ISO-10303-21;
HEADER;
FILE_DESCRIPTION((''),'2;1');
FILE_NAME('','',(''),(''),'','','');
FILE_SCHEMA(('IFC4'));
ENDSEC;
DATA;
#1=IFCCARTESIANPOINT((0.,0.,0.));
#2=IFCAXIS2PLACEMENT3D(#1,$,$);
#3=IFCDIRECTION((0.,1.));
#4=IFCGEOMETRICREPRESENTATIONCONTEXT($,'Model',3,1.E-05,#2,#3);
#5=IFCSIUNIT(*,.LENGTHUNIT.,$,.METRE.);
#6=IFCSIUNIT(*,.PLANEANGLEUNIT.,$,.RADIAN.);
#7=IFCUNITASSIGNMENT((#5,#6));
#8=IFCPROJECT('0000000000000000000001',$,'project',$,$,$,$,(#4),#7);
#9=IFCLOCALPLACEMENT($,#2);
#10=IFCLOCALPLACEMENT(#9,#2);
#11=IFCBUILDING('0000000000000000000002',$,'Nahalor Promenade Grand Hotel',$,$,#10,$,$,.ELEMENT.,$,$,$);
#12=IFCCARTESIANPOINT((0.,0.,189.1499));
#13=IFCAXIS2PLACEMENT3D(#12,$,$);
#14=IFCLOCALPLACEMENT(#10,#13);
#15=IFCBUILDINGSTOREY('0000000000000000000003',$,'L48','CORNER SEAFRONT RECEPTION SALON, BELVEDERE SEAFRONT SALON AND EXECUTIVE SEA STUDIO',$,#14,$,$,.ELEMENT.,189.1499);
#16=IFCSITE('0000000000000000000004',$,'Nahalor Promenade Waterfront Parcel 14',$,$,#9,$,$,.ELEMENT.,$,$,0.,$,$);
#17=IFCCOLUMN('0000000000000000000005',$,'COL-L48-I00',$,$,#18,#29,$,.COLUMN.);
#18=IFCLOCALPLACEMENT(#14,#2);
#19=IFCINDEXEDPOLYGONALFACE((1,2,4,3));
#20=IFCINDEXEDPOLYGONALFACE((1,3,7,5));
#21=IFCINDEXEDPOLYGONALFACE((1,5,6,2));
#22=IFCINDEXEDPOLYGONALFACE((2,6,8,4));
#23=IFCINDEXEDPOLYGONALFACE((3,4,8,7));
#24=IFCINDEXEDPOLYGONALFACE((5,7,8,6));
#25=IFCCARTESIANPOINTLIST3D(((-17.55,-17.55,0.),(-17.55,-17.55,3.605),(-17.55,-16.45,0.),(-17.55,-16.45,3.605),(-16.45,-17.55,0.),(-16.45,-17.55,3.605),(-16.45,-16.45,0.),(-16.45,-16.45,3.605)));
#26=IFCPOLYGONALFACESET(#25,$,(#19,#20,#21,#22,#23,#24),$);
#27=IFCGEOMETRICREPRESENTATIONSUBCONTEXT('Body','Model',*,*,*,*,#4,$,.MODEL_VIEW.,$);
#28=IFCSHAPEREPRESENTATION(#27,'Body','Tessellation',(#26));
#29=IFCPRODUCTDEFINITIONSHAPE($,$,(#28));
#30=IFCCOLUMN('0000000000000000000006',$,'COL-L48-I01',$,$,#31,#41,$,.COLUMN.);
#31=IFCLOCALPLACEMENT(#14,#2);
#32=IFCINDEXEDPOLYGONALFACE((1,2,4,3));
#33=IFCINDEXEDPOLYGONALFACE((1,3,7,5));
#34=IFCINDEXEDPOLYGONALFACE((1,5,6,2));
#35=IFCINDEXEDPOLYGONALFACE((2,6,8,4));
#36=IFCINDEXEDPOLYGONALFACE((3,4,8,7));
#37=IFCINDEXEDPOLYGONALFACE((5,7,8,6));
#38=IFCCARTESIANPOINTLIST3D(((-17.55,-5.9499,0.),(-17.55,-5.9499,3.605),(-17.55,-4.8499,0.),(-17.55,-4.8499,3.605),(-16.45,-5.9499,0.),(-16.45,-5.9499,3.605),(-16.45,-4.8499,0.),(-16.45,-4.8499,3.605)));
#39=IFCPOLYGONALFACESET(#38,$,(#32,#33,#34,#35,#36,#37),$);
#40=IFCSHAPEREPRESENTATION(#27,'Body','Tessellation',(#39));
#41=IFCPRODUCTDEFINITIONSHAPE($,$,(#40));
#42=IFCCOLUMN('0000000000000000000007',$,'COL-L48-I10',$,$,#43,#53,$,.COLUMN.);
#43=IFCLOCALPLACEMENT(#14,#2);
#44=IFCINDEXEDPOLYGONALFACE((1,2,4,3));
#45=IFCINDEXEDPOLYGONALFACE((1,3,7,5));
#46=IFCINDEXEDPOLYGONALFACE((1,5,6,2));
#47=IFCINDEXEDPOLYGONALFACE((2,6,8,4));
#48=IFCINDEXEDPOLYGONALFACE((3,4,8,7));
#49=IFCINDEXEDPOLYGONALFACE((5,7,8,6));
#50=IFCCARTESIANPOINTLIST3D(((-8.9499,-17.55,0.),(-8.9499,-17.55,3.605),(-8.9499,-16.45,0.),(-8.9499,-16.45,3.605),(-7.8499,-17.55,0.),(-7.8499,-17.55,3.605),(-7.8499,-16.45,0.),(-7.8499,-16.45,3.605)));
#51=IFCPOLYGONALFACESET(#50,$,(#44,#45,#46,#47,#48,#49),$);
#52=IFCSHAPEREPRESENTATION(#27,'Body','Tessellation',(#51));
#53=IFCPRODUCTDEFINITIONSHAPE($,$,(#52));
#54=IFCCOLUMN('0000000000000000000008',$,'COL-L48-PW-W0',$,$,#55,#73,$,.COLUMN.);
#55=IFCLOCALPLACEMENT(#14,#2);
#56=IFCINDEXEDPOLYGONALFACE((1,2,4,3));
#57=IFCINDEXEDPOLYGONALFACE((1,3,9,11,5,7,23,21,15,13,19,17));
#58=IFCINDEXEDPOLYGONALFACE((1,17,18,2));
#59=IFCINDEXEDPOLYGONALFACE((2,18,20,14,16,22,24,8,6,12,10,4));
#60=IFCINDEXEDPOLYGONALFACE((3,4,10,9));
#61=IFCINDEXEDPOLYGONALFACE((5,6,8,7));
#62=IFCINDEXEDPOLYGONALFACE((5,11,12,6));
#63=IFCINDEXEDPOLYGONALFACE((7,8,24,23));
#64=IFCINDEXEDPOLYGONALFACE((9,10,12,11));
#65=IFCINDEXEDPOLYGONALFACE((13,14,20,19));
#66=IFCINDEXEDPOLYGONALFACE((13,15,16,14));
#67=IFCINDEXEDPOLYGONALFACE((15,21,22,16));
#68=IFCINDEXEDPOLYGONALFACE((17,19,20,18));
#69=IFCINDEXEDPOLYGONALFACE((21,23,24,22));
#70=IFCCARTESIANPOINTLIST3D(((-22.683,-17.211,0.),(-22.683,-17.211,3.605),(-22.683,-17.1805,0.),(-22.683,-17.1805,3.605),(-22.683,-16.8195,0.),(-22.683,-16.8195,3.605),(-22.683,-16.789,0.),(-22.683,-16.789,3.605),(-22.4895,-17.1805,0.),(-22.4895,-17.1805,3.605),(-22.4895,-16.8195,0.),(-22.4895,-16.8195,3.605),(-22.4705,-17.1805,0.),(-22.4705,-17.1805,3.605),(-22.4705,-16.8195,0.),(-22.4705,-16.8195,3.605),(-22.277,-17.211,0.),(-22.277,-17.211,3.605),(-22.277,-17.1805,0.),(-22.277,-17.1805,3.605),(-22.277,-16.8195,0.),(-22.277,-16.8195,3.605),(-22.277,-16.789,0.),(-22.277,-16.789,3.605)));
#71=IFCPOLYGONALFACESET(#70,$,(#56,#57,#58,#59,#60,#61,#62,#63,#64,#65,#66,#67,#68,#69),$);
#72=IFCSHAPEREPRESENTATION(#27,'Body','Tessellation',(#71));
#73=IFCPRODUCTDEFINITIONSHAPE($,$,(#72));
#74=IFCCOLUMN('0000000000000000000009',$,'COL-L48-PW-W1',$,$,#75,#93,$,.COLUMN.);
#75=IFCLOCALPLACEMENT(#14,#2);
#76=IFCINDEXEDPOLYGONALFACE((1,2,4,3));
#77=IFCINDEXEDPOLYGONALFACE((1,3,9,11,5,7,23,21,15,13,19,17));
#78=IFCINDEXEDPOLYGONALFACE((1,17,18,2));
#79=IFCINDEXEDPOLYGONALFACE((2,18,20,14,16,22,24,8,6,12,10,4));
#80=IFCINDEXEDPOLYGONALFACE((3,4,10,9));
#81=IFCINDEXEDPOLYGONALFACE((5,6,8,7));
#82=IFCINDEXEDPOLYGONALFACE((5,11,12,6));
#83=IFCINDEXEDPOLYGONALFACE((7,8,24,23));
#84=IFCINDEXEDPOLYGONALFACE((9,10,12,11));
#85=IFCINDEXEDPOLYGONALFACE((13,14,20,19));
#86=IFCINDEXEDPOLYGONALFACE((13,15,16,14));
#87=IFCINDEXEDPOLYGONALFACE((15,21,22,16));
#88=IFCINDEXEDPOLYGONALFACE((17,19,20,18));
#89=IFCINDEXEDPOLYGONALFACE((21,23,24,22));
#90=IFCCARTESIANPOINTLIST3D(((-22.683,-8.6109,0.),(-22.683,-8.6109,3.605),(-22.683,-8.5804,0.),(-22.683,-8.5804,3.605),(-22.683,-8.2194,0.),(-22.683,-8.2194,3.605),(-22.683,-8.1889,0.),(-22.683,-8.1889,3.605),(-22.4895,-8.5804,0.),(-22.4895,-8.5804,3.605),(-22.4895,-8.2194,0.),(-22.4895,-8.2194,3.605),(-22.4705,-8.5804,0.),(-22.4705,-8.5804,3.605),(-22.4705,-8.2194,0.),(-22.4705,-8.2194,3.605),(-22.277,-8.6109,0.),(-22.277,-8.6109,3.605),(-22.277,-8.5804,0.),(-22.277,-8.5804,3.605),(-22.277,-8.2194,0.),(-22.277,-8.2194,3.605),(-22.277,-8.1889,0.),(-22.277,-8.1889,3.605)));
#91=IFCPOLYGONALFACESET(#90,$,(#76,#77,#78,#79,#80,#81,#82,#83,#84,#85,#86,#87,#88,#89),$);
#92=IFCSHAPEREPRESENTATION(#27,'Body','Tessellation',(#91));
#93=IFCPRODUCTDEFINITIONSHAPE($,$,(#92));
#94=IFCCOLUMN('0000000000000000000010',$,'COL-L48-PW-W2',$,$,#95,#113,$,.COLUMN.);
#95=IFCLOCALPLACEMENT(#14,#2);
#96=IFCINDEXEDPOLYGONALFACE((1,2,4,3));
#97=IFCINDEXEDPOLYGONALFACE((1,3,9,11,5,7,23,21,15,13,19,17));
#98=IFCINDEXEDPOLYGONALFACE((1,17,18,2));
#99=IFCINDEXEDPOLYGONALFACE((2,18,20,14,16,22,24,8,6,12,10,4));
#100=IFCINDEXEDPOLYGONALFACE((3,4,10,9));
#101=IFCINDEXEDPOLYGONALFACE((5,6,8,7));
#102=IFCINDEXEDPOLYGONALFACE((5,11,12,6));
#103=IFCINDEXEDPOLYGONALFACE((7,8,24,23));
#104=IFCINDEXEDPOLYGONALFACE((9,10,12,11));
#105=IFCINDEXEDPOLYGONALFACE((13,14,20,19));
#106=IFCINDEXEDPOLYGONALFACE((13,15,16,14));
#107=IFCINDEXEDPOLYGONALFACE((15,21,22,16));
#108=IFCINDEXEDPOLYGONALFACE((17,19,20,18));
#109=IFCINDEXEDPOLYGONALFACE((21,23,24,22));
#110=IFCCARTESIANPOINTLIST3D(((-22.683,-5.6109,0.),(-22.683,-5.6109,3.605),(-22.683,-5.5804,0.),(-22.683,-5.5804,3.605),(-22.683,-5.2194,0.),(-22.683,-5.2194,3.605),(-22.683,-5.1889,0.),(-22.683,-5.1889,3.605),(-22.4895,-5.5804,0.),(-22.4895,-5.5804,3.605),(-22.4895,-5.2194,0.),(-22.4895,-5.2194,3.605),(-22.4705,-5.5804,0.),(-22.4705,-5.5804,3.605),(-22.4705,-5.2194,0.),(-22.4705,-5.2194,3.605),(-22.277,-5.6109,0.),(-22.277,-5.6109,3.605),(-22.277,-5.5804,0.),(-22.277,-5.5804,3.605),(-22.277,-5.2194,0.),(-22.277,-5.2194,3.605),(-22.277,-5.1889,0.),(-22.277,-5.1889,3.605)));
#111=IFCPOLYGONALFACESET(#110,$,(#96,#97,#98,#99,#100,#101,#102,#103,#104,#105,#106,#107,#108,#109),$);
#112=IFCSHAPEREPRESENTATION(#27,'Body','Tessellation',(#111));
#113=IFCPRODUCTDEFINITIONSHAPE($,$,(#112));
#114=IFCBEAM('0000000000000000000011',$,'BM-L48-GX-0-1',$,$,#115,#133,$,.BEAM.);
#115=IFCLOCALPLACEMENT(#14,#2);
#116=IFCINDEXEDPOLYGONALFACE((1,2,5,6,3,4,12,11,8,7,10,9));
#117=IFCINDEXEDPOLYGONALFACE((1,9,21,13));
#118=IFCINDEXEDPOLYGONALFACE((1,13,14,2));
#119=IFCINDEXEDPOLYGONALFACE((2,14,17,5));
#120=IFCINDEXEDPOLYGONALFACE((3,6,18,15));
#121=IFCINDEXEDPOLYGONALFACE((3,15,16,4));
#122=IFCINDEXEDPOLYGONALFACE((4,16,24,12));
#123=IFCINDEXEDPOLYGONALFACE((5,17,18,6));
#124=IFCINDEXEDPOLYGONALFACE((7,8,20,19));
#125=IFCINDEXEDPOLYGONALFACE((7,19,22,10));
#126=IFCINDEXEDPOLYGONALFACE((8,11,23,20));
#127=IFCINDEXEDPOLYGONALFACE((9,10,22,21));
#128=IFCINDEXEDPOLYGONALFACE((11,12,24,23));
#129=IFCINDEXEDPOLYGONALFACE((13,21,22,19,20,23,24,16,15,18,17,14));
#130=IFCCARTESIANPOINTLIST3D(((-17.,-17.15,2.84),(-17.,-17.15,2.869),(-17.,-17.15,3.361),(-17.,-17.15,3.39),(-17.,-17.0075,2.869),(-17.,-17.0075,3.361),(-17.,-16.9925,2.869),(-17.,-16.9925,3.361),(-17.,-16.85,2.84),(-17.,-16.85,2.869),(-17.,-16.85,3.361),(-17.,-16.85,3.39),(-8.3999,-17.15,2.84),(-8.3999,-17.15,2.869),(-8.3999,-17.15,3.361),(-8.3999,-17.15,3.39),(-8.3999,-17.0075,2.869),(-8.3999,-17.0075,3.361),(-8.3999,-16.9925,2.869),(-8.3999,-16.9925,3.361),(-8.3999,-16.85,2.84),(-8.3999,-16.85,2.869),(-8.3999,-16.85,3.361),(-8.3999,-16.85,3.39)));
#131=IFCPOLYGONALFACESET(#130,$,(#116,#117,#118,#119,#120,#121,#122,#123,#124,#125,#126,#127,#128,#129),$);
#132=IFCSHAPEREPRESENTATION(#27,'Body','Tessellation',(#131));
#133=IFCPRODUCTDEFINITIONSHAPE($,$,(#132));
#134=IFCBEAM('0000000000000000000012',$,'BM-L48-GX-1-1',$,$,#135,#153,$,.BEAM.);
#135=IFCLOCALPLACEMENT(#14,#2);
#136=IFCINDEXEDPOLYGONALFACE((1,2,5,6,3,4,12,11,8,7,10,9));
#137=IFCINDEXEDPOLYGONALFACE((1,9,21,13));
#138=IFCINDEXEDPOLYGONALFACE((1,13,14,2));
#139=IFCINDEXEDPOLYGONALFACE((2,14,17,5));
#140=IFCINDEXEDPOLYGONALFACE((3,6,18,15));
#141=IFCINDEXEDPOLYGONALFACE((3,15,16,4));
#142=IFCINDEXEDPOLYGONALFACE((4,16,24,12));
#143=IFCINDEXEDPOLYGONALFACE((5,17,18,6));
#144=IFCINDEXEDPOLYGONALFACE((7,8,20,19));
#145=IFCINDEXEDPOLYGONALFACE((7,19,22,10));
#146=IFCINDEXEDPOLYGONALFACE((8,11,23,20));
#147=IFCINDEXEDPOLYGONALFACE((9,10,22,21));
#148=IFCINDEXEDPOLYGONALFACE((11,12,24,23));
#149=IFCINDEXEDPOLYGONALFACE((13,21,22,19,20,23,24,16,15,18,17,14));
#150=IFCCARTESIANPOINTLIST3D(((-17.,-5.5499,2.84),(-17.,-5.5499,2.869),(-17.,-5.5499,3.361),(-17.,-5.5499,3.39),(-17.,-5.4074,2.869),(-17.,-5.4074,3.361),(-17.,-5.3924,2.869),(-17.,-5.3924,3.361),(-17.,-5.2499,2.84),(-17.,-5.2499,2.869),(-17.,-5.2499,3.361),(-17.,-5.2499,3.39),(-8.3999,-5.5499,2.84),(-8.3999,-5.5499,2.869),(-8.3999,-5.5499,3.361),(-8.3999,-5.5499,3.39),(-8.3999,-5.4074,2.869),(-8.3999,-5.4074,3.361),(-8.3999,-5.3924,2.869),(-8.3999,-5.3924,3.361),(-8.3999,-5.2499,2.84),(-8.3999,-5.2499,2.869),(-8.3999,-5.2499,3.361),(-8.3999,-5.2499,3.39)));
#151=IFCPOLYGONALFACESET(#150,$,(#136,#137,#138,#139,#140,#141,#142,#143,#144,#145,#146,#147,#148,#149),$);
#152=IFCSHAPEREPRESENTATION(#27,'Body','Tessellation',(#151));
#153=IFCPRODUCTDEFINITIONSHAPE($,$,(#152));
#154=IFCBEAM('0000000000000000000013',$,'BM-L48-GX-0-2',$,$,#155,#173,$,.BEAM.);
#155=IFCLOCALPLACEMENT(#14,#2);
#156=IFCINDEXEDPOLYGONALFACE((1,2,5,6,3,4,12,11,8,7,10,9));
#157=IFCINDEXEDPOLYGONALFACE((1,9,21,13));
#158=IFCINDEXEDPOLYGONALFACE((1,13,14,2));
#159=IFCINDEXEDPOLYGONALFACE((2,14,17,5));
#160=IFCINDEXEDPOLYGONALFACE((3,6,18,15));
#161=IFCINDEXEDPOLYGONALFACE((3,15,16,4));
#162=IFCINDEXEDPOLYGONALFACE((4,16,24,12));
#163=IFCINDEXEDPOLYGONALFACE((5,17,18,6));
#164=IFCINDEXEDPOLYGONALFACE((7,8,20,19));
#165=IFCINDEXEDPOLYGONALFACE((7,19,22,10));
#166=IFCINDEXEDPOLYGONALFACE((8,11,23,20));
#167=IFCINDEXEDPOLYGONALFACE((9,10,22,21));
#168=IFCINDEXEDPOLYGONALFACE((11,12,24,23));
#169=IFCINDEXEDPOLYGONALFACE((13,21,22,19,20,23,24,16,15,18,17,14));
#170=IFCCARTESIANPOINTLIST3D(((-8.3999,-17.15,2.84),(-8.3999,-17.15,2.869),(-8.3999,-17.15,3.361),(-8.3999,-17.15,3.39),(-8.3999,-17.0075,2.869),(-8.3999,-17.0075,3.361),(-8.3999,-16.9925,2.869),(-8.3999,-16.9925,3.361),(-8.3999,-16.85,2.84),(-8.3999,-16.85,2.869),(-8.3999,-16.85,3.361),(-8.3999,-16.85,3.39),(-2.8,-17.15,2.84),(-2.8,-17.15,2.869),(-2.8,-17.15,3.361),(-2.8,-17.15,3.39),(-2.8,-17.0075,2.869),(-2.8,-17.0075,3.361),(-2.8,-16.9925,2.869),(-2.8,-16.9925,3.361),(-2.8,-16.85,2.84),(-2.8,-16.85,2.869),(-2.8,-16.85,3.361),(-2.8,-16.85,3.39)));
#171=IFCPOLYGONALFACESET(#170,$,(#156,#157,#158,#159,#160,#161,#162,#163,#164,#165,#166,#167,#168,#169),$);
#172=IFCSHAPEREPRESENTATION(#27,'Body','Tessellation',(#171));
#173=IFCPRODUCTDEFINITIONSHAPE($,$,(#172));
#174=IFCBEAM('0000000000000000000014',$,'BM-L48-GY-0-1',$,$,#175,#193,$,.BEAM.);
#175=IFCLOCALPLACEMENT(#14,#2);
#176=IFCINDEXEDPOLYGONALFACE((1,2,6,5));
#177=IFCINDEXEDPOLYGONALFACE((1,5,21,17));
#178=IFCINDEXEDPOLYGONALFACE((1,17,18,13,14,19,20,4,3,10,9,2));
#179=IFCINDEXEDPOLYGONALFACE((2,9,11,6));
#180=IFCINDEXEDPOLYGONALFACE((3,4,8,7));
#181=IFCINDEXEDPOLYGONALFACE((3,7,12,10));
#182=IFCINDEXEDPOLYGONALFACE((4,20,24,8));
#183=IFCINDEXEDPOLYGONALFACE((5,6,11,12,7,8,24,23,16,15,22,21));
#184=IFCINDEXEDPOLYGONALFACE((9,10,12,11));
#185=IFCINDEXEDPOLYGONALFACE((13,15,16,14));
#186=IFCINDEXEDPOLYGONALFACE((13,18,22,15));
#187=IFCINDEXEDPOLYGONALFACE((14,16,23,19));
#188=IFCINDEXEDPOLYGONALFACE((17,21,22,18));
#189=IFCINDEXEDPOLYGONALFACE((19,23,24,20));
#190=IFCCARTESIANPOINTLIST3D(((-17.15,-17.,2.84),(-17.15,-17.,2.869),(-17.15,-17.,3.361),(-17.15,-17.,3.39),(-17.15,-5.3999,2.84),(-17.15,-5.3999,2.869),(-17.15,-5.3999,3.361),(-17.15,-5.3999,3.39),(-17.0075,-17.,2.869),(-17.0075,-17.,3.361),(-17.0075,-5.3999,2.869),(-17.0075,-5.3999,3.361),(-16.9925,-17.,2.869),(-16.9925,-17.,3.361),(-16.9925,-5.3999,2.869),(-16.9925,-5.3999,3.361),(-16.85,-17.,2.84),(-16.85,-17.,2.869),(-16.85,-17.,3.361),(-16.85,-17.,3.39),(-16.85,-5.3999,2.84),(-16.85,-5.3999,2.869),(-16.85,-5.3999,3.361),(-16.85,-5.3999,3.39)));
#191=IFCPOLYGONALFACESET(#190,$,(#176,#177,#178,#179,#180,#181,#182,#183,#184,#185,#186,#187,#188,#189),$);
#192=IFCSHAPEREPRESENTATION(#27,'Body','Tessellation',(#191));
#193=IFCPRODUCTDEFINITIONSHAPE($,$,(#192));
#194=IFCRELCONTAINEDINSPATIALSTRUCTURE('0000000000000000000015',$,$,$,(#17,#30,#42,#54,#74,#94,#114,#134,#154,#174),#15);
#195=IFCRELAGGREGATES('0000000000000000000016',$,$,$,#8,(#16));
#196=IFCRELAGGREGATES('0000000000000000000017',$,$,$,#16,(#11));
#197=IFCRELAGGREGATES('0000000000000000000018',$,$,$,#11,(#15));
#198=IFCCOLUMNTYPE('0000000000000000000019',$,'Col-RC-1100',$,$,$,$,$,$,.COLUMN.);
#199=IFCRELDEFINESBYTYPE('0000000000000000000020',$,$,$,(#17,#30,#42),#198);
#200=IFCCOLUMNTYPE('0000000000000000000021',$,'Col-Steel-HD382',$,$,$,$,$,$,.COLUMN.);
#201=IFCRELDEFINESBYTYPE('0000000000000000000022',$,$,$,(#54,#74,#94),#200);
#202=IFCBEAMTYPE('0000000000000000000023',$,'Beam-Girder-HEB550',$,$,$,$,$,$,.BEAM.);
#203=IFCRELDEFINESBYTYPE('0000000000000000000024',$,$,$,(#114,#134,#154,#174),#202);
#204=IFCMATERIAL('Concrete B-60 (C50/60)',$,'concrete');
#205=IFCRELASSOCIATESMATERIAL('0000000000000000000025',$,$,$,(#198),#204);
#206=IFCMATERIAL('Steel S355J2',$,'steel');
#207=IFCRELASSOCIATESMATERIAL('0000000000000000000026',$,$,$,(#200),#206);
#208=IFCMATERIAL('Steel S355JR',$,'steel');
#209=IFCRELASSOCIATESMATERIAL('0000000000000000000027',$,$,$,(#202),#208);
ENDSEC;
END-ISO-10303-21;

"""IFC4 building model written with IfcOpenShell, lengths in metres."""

from ifc_helpers import new_model, si_unit, direction, frame, origin, origin_2d, place, context, subcontext, project, spatial, rectangle, i_section, extrude, source, transform, mapped, material, material_profile, profile_set, type_object, element, save


model = new_model("IFC4")

# Units and contexts
model_context = context("Model", 3, precision=1e-05, world=origin(), true_north=direction((0.0, 1.0)))
body_context = subcontext(model_context, "Body", "Model", "MODEL_VIEW")
ifc_project = project(units=[si_unit("LENGTHUNIT", "METRE"), si_unit("PLANEANGLEUNIT", "RADIAN")], contexts=[model_context])

# Site, building, storey
site_placement = place(None, origin())
site = spatial("IfcSite", under=ifc_project, at=site_placement, Name="Nahalor Promenade Waterfront Parcel 14", CompositionType="ELEMENT", RefElevation=0.0)
building_placement = place(site_placement, origin())
building = spatial("IfcBuilding", under=site, at=building_placement, Name="Nahalor Promenade Grand Hotel", CompositionType="ELEMENT")
storey_placement = place(building_placement, frame((0.0, 0.0, 189.1499)))
storey = spatial("IfcBuildingStorey", under=building, at=storey_placement, Name="L48", Description="CORNER SEAFRONT RECEPTION SALON, BELVEDERE SEAFRONT SALON AND EXECUTIVE SEA STUDIO", CompositionType="ELEMENT", Elevation=189.1499)

# Columns
ifc_material_1 = material(Name="Concrete B-60 (C50/60)", Category="concrete")
ifc_material_profile_1 = material_profile(ifc_material_1, rectangle(XDim=1.1, YDim=1.1, at=origin_2d()), Name="RC 1100x1100")
ifc_profile_set_1 = profile_set([ifc_material_profile_1], Name="Concrete B-60 (C50/60)")
column_type_1 = type_object("IfcColumnType", Name="Col-RC-1100", PredefinedType="COLUMN", material=ifc_profile_set_1)
shared_shape_1 = source(origin(), body_context, "Body", "SweptSolid", [
    extrude(rectangle(XDim=1.1, YDim=1.1, at=origin_2d()), origin(), (0.0, 0.0, 1.0), 3.605),
])
for number, where, z_axis, x_axis, name in (
    (1, (-17.0, -17.0, 0.0), (0.0, 0.0, 1.0), (1.0, 0.0, 0.0), "COL-L48-I00"),
    (2, (-17.0, -5.3999, 0.0), (0.0, 0.0, 1.0), (1.0, 0.0, 0.0), "COL-L48-I01"),
    (3, (-8.3999, -17.0, 0.0), (0.0, 0.0, 1.0), (1.0, 0.0, 0.0), "COL-L48-I10"),
):
    element("IfcColumn", number, at=place(storey_placement, frame(where, z_axis=z_axis, x_axis=x_axis)), inside=storey, type_object=column_type_1, Name=name, PredefinedType="COLUMN", context=body_context, shape_type="MappedRepresentation", body=[
        mapped(shared_shape_1, transform((0.0, 0.0, 0.0), scale=1.0)),
    ])
ifc_material_2 = material(Name="Steel S355J2", Category="steel")
ifc_material_profile_2 = material_profile(ifc_material_2, i_section(OverallWidth=0.406, OverallDepth=0.422, WebThickness=0.019, FlangeThickness=0.0305, at=origin_2d()), Name="HD 400x382")
ifc_profile_set_2 = profile_set([ifc_material_profile_2], Name="Steel S355J2")
column_type_2 = type_object("IfcColumnType", Name="Col-Steel-HD382", PredefinedType="COLUMN", material=ifc_profile_set_2)
shared_shape_2 = source(origin(), body_context, "Body", "SweptSolid", [
    extrude(i_section(OverallWidth=0.406, OverallDepth=0.422, WebThickness=0.019, FlangeThickness=0.0305, at=origin_2d()), origin(), (0.0, 0.0, 1.0), 3.605),
])
for number, where, z_axis, x_axis, name in (
    (4, (-22.48, -17.0, 0.0), (0.0, 0.0, 1.0), (1.0, 0.0, 0.0), "COL-L48-PW-W0"),
    (5, (-22.48, -8.3999, 0.0), (0.0, 0.0, 1.0), (1.0, 0.0, 0.0), "COL-L48-PW-W1"),
    (6, (-22.48, -5.3999, 0.0), (0.0, 0.0, 1.0), (1.0, 0.0, 0.0), "COL-L48-PW-W2"),
):
    element("IfcColumn", number, at=place(storey_placement, frame(where, z_axis=z_axis, x_axis=x_axis)), inside=storey, type_object=column_type_2, Name=name, PredefinedType="COLUMN", context=body_context, shape_type="MappedRepresentation", body=[
        mapped(shared_shape_2, transform((0.0, 0.0, 0.0), scale=1.0)),
    ])

# Beams
ifc_material_3 = material(Name="Steel S355JR", Category="steel")
ifc_material_profile_3 = material_profile(ifc_material_3, i_section(OverallWidth=0.3, OverallDepth=0.55, WebThickness=0.015, FlangeThickness=0.029, at=origin_2d()), Name="HEB 550")
ifc_profile_set_3 = profile_set([ifc_material_profile_3], Name="Steel S355JR")
beam_type_1 = type_object("IfcBeamType", Name="Beam-Girder-HEB550", PredefinedType="BEAM", material=ifc_profile_set_3)
shared_shape_3 = source(origin(), body_context, "Body", "SweptSolid", [
    extrude(i_section(OverallWidth=0.3, OverallDepth=0.55, WebThickness=0.015, FlangeThickness=0.029, at=origin_2d()), origin(), (0.0, 0.0, 1.0), 8.6001),
])
for number, where, z_axis, x_axis, name in (
    (7, (-17.0, -17.0, 3.115), (1.0, 0.0, 0.0), (0.0, 1.0, 0.0), "BM-L48-GX-0-1"),
    (8, (-17.0, -5.3999, 3.115), (1.0, 0.0, 0.0), (0.0, 1.0, 0.0), "BM-L48-GX-1-1"),
):
    element("IfcBeam", number, at=place(storey_placement, frame(where, z_axis=z_axis, x_axis=x_axis)), inside=storey, type_object=beam_type_1, Name=name, PredefinedType="BEAM", context=body_context, shape_type="MappedRepresentation", body=[
        mapped(shared_shape_3, transform((0.0, 0.0, 0.0), scale=1.0)),
    ])
shared_shape_4 = source(origin(), body_context, "Body", "SweptSolid", [
    extrude(i_section(OverallWidth=0.3, OverallDepth=0.55, WebThickness=0.015, FlangeThickness=0.029, at=origin_2d()), origin(), (0.0, 0.0, 1.0), 5.5999),
])
beam_1_placement = place(storey_placement, frame((-8.3999, -17.0, 3.115), z_axis=(1.0, 0.0, 0.0), x_axis=(0.0, 1.0, 0.0)))
element("IfcBeam", 9, at=beam_1_placement, inside=storey, type_object=beam_type_1, Name="BM-L48-GX-0-2", PredefinedType="BEAM", context=body_context, shape_type="MappedRepresentation", body=[
    mapped(shared_shape_4, transform((0.0, 0.0, 0.0), scale=1.0)),
])
shared_shape_5 = source(origin(), body_context, "Body", "SweptSolid", [
    extrude(i_section(OverallWidth=0.3, OverallDepth=0.55, WebThickness=0.015, FlangeThickness=0.029, at=origin_2d()), origin(), (0.0, 0.0, 1.0), 11.6001),
])
beam_2_placement = place(storey_placement, frame((-17.0, -17.0, 3.115), z_axis=(0.0, 1.0, 0.0), x_axis=(-1.0, 0.0, 0.0)))
element("IfcBeam", 10, at=beam_2_placement, inside=storey, type_object=beam_type_1, Name="BM-L48-GY-0-1", PredefinedType="BEAM", context=body_context, shape_type="MappedRepresentation", body=[
    mapped(shared_shape_5, transform((0.0, 0.0, 0.0), scale=1.0)),
])

save(model, "model.ifc")
